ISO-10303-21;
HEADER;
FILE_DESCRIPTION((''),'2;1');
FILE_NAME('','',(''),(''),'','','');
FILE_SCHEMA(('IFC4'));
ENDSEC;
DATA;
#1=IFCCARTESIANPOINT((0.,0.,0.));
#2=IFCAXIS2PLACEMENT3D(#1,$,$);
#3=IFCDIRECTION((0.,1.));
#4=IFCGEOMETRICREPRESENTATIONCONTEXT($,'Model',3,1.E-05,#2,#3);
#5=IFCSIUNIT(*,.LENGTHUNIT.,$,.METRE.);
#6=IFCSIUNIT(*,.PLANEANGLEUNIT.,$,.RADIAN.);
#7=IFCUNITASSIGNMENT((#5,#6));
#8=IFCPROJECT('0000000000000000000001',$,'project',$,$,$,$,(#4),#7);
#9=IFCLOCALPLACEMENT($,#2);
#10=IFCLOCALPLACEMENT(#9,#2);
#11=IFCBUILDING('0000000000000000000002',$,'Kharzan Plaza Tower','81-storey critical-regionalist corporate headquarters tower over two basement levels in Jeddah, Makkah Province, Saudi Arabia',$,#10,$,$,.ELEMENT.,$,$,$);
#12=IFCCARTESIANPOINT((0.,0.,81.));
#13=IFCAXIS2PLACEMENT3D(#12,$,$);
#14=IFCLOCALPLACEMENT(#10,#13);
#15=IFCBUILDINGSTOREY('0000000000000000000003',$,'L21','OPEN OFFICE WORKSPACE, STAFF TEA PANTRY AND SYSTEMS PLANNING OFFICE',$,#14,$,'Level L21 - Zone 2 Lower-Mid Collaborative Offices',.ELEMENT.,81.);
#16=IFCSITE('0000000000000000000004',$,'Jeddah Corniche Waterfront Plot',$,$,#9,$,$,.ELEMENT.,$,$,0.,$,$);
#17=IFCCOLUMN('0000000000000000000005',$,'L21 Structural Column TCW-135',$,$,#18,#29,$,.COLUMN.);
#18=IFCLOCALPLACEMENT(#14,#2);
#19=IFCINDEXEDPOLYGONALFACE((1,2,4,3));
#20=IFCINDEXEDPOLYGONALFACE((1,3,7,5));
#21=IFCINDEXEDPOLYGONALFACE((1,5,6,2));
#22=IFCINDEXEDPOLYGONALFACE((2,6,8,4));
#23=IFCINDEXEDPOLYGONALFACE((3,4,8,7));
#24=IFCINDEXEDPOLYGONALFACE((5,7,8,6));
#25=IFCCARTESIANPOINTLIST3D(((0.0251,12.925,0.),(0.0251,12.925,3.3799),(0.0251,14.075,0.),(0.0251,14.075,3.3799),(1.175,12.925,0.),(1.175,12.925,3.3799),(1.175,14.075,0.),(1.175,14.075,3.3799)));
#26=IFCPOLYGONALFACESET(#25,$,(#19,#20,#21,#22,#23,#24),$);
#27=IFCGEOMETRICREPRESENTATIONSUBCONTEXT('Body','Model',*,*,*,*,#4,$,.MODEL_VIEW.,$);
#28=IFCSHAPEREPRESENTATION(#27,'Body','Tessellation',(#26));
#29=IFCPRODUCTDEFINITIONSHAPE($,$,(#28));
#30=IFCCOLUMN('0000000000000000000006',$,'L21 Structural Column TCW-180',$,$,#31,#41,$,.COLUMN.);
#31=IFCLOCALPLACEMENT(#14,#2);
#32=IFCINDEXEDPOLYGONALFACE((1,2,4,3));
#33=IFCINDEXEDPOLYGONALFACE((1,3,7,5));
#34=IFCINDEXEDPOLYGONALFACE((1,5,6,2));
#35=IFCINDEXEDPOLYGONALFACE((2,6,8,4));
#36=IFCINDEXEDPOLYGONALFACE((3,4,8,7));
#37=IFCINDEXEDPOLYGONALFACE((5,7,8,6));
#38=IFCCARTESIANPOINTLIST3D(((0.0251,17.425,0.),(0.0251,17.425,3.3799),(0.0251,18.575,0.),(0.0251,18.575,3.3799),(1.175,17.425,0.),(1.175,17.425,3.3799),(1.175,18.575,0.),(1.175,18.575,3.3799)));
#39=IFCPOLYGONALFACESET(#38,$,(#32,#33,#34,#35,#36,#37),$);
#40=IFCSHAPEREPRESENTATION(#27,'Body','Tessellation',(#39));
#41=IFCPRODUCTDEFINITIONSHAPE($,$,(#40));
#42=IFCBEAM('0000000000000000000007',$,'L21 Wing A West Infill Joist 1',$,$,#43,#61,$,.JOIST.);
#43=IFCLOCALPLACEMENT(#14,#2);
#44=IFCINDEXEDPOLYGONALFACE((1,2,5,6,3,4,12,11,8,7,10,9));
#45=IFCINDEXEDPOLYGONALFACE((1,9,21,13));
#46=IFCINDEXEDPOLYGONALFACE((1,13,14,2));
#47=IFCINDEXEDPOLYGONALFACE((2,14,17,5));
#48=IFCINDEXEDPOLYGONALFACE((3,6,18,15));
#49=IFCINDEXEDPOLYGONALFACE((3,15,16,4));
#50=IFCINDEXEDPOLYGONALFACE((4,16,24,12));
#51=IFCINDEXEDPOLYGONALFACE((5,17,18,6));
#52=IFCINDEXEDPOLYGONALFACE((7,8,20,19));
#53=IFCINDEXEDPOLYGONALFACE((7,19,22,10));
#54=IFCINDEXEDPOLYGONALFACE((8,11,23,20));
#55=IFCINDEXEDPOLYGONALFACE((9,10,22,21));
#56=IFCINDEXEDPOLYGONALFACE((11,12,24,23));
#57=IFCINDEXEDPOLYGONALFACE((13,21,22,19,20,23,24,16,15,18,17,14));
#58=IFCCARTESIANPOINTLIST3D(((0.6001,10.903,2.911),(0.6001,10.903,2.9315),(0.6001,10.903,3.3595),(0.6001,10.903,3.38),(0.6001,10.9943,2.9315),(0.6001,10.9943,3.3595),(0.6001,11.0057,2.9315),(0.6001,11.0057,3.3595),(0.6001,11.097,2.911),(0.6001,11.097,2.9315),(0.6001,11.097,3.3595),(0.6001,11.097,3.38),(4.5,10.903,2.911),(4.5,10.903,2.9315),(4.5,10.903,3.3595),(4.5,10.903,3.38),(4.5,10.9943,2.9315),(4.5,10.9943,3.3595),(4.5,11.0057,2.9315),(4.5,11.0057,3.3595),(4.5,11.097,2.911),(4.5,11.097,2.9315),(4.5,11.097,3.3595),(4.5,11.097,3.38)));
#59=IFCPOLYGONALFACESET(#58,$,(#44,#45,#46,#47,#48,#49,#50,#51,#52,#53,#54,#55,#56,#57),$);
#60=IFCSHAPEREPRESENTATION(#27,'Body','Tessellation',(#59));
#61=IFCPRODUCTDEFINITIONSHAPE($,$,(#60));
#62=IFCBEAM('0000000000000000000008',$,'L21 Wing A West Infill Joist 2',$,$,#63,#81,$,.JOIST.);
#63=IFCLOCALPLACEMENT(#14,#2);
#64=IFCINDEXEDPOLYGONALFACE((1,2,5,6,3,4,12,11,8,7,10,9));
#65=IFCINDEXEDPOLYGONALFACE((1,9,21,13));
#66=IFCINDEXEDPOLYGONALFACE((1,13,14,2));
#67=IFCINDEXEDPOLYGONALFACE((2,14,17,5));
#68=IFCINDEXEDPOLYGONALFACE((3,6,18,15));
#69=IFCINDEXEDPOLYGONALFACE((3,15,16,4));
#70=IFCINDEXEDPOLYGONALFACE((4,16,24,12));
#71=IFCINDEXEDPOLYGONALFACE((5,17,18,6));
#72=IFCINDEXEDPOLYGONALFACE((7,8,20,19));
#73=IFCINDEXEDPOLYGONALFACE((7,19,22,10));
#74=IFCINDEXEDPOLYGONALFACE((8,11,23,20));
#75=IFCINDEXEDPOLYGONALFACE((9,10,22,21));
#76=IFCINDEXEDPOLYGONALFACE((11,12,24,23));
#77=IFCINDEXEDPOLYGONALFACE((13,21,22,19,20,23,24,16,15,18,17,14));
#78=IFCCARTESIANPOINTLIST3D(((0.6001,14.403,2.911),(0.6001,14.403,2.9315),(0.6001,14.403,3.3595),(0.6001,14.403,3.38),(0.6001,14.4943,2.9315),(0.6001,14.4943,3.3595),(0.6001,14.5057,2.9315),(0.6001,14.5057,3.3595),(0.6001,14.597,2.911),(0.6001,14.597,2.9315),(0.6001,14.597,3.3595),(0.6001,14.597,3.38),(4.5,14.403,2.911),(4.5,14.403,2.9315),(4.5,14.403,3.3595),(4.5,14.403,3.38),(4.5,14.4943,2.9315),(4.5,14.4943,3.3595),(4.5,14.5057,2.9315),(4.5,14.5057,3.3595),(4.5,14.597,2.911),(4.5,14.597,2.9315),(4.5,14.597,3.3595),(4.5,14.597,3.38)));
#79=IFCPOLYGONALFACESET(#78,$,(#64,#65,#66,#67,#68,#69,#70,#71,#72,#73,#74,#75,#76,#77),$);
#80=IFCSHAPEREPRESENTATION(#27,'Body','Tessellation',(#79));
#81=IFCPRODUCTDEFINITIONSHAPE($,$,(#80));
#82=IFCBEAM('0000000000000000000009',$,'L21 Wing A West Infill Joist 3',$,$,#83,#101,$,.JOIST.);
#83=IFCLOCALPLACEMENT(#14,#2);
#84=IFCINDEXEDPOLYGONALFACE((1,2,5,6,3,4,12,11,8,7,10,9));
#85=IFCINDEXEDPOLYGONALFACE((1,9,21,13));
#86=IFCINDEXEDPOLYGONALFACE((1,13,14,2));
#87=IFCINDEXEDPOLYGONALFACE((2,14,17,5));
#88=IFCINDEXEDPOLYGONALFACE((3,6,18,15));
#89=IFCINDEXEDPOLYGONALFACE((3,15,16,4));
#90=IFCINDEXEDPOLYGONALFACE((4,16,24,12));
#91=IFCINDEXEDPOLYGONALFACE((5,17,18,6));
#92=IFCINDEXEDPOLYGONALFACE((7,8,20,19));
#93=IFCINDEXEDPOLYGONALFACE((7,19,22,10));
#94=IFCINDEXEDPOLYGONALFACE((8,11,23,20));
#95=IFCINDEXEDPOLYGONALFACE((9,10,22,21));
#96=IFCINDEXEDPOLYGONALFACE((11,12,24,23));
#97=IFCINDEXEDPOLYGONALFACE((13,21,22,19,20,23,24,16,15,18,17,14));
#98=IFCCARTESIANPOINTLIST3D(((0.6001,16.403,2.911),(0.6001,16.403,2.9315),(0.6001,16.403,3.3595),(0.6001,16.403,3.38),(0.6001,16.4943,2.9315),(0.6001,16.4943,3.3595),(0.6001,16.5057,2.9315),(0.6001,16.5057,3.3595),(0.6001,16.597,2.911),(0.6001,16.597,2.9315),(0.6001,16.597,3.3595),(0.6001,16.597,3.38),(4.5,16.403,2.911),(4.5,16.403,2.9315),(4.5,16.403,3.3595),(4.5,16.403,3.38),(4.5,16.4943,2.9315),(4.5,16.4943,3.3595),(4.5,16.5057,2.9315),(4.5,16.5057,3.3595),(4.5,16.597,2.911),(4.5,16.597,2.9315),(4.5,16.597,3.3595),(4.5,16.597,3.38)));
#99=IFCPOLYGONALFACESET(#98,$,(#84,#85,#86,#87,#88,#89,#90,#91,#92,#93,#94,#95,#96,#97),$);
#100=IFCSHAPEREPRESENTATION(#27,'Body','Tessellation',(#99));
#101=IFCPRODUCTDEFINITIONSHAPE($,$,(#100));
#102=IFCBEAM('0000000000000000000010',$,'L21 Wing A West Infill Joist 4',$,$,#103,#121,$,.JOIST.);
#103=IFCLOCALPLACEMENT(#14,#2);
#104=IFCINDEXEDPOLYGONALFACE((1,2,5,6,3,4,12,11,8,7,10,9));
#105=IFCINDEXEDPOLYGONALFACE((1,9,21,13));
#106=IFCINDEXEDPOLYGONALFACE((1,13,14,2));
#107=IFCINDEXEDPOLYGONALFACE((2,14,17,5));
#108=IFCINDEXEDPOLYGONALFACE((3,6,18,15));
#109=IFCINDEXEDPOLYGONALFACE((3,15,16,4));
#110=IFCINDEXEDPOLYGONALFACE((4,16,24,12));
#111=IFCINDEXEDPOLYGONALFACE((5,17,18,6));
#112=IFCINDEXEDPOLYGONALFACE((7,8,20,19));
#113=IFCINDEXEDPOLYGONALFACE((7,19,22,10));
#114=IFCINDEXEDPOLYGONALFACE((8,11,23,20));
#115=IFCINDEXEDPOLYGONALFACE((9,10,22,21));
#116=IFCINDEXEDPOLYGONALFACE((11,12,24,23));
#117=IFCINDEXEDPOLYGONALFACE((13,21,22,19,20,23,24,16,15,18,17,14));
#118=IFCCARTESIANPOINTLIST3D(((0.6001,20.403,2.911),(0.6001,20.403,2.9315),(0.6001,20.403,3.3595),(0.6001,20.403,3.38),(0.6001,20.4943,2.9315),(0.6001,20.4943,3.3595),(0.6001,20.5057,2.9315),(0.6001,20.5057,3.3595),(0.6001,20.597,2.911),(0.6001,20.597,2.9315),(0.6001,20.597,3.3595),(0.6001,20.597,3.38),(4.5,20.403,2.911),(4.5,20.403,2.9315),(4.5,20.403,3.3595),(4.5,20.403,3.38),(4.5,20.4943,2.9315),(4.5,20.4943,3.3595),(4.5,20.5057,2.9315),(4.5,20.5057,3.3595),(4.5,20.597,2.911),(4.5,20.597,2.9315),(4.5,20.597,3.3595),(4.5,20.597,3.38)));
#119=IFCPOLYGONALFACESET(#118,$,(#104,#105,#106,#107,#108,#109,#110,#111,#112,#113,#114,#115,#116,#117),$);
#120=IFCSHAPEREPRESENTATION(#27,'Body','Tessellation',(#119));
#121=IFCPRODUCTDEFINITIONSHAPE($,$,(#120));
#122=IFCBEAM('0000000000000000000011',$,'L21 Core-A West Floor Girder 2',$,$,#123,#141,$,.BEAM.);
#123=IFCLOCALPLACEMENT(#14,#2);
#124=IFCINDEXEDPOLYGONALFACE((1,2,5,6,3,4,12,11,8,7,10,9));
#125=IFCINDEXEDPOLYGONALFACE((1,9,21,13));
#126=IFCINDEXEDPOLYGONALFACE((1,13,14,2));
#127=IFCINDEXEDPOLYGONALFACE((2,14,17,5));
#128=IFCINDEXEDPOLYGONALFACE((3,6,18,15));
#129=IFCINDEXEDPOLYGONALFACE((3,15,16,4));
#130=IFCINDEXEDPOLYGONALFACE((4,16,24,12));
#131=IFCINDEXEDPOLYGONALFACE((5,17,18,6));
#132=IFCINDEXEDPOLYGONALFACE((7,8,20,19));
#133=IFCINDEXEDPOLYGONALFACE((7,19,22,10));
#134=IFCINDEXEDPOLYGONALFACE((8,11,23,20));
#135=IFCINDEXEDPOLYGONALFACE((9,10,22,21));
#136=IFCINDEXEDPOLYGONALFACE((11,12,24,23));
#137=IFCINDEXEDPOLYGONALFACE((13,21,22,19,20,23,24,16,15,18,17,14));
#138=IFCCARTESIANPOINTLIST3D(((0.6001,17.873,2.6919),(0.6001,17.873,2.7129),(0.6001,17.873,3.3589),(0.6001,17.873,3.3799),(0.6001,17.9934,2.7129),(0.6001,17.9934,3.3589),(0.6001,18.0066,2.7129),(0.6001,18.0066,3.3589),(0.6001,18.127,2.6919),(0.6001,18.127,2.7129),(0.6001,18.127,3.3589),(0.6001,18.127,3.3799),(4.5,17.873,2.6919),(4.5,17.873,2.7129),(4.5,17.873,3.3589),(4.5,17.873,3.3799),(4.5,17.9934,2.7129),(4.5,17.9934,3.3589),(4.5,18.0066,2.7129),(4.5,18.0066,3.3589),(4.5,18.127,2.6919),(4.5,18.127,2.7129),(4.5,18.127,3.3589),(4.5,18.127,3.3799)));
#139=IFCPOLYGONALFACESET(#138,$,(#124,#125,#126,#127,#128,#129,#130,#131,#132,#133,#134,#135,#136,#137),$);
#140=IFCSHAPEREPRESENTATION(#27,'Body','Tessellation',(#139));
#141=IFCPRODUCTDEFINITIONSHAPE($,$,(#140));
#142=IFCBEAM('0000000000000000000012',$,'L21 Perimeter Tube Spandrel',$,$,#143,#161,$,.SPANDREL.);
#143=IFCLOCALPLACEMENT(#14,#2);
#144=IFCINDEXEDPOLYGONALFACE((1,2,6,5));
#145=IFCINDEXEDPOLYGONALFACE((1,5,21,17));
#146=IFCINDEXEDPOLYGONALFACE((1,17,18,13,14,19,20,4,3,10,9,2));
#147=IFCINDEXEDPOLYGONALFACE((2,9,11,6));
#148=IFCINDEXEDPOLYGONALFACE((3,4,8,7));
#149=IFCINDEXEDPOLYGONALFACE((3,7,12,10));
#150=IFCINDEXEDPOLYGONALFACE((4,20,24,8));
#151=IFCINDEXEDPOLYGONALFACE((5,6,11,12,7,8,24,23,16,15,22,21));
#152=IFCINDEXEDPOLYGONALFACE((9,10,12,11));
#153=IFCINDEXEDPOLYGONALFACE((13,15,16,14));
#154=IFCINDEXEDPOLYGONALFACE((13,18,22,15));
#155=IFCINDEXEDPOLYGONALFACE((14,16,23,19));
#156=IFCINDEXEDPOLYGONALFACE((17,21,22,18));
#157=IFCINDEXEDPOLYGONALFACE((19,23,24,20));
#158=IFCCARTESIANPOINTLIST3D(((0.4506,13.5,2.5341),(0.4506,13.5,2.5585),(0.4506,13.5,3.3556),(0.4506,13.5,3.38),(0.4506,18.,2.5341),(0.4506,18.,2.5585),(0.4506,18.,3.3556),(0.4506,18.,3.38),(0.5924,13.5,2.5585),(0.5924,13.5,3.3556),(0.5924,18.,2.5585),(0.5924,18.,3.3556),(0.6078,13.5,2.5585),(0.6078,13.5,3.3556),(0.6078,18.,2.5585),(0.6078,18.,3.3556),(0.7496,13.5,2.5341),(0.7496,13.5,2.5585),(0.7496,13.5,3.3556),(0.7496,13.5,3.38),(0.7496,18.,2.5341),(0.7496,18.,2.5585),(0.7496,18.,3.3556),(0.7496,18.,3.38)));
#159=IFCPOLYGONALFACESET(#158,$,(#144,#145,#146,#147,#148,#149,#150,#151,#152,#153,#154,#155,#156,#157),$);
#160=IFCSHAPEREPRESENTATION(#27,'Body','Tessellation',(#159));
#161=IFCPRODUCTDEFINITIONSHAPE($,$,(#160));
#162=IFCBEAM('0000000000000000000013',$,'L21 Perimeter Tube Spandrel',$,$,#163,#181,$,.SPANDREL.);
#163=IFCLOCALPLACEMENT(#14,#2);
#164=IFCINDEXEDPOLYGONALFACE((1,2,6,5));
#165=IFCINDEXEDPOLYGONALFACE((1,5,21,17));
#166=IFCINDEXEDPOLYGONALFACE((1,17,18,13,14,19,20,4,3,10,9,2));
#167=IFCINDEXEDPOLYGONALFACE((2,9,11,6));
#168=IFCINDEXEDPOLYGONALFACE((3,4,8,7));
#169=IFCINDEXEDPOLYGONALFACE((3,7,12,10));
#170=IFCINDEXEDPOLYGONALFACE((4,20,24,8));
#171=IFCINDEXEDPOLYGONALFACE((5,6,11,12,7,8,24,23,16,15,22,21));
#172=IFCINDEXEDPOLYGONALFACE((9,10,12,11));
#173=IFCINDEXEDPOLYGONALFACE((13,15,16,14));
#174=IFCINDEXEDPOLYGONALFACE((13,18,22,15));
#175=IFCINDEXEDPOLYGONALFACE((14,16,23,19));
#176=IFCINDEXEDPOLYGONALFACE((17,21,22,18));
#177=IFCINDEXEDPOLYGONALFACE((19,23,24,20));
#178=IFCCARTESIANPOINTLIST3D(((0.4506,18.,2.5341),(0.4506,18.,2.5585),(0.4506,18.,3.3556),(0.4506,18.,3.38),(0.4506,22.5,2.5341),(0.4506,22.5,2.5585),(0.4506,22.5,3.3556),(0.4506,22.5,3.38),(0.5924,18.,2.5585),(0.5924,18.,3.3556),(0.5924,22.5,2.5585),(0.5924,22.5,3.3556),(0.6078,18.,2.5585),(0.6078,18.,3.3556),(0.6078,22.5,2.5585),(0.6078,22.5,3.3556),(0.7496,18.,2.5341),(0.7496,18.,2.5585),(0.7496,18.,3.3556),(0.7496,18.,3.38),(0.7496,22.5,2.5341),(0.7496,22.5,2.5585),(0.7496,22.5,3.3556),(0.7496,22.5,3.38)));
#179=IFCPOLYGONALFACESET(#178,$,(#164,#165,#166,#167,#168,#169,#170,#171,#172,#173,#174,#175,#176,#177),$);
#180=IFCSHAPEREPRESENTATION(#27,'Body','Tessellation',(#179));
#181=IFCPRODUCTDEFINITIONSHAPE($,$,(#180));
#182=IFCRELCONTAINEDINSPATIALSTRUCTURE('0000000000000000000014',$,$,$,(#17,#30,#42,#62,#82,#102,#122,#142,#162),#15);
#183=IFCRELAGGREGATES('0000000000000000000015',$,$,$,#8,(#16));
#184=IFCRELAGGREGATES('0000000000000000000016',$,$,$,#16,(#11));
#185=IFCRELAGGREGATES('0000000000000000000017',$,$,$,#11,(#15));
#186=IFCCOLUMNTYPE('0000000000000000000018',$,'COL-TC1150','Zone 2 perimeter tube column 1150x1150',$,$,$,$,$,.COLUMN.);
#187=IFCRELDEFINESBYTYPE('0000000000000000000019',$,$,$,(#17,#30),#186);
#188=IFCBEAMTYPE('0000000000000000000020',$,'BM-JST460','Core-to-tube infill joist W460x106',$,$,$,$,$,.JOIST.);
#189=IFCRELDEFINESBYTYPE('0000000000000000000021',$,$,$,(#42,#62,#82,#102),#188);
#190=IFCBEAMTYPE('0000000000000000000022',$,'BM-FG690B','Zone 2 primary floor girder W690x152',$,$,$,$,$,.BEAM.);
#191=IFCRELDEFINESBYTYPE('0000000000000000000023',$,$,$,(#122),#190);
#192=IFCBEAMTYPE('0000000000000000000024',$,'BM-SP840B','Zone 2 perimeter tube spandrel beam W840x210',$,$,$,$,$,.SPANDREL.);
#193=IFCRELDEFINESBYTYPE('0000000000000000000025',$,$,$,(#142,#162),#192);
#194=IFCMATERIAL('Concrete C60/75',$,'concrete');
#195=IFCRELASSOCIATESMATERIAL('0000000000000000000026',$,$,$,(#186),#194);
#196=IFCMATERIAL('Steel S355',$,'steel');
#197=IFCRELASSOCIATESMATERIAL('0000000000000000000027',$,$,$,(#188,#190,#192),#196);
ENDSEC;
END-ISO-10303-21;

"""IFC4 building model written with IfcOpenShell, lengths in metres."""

from ifc_helpers import new_model, si_unit, direction, frame, origin, origin_2d, place, context, subcontext, project, spatial, rectangle, i_section, extrude, source, transform, mapped, material, material_profile, profile_set, type_object, element, save


model = new_model("IFC4")

# Units and contexts
model_context = context("Model", 3, precision=1e-05, world=origin(), true_north=direction((0.0, 1.0)))
body_context = subcontext(model_context, "Body", "Model", "MODEL_VIEW")
ifc_project = project(units=[si_unit("LENGTHUNIT", "METRE"), si_unit("PLANEANGLEUNIT", "RADIAN")], contexts=[model_context])

# Site, building, storey
site_placement = place(None, origin())
site = spatial("IfcSite", under=ifc_project, at=site_placement, Name="Jeddah Corniche Waterfront Plot", CompositionType="ELEMENT", RefElevation=0.0)
building_placement = place(site_placement, origin())
building = spatial("IfcBuilding", under=site, at=building_placement, Name="Kharzan Plaza Tower", Description="81-storey critical-regionalist corporate headquarters tower over two basement levels in Jeddah, Makkah Province, Saudi Arabia", CompositionType="ELEMENT")
storey_placement = place(building_placement, frame((0.0, 0.0, 81.0)))
storey = spatial("IfcBuildingStorey", under=building, at=storey_placement, Name="L21", Description="OPEN OFFICE WORKSPACE, STAFF TEA PANTRY AND SYSTEMS PLANNING OFFICE", LongName="Level L21 - Zone 2 Lower-Mid Collaborative Offices", CompositionType="ELEMENT", Elevation=81.0)

# Columns
ifc_material_1 = material(Name="Concrete C60/75", Category="concrete")
ifc_material_profile_1 = material_profile(ifc_material_1, rectangle(XDim=1.1499, YDim=1.1499, at=origin_2d()), Name="RC-TC1150x1150")
ifc_profile_set_1 = profile_set([ifc_material_profile_1], Name="Concrete C60/75")
column_type = type_object("IfcColumnType", Name="COL-TC1150", Description="Zone 2 perimeter tube column 1150x1150", PredefinedType="COLUMN", material=ifc_profile_set_1)
shared_shape_1 = source(origin(), body_context, "Body", "SweptSolid", [
    extrude(rectangle(XDim=1.1499, YDim=1.1499, at=origin_2d()), origin(), (0.0, 0.0, 1.0), 3.3799),
])
for number, where, z_axis, x_axis, name in (
    (1, (0.6001, 13.5, 0.0), (0.0, 0.0, 1.0), (1.0, 0.0, 0.0), "L21 Structural Column TCW-135"),
    (2, (0.6001, 18.0, 0.0), (0.0, 0.0, 1.0), (1.0, 0.0, 0.0), "L21 Structural Column TCW-180"),
):
    element("IfcColumn", number, at=place(storey_placement, frame(where, z_axis=z_axis, x_axis=x_axis)), inside=storey, type_object=column_type, Name=name, PredefinedType="COLUMN", context=body_context, shape_type="MappedRepresentation", body=[
        mapped(shared_shape_1, transform((0.0, 0.0, 0.0), x_axis=(1.0, 0.0, 0.0), y_axis=(0.0, 1.0, 0.0), z_axis=(0.0, 0.0, 1.0))),
    ])

# Beams
ifc_material_2 = material(Name="Steel S355", Category="steel")
ifc_material_profile_2 = material_profile(ifc_material_2, i_section(OverallWidth=0.1941, OverallDepth=0.469, WebThickness=0.0115, FlangeThickness=0.0205, at=origin_2d()), Name="W460x106")
ifc_profile_set_2 = profile_set([ifc_material_profile_2], Name="Steel S355")
beam_type_1 = type_object("IfcBeamType", Name="BM-JST460", Description="Core-to-tube infill joist W460x106", PredefinedType="JOIST", material=ifc_profile_set_2)
shared_shape_2 = source(origin(), body_context, "Body", "SweptSolid", [
    extrude(i_section(OverallWidth=0.1941, OverallDepth=0.469, WebThickness=0.0115, FlangeThickness=0.0205, at=origin_2d()), origin(), (0.0, 0.0, 1.0), 3.8999),
])
for number, where, z_axis, x_axis, name in (
    (3, (0.6001, 11.0, 3.1455), (1.0, 0.0, 0.0), (0.0, 1.0, 0.0), "L21 Wing A West Infill Joist 1"),
    (4, (0.6001, 14.5, 3.1455), (1.0, 0.0, 0.0), (0.0, 1.0, 0.0), "L21 Wing A West Infill Joist 2"),
    (5, (0.6001, 16.5, 3.1455), (1.0, 0.0, 0.0), (0.0, 1.0, 0.0), "L21 Wing A West Infill Joist 3"),
    (6, (0.6001, 20.5, 3.1455), (1.0, 0.0, 0.0), (0.0, 1.0, 0.0), "L21 Wing A West Infill Joist 4"),
):
    element("IfcBeam", number, at=place(storey_placement, frame(where, z_axis=z_axis, x_axis=x_axis)), inside=storey, type_object=beam_type_1, Name=name, PredefinedType="JOIST", context=body_context, shape_type="MappedRepresentation", body=[
        mapped(shared_shape_2, transform((0.0, 0.0, 0.0), x_axis=(1.0, 0.0, 0.0), y_axis=(0.0, 1.0, 0.0), z_axis=(0.0, 0.0, 1.0))),
    ])
ifc_material_profile_3 = material_profile(ifc_material_2, i_section(OverallWidth=0.2539, OverallDepth=0.688, WebThickness=0.0132, FlangeThickness=0.021, at=origin_2d()), Name="W690x152")
ifc_profile_set_3 = profile_set([ifc_material_profile_3], Name="Steel S355")
beam_type_2 = type_object("IfcBeamType", Name="BM-FG690B", Description="Zone 2 primary floor girder W690x152", PredefinedType="BEAM", material=ifc_profile_set_3)
shared_shape_3 = source(origin(), body_context, "Body", "SweptSolid", [
    extrude(i_section(OverallWidth=0.2539, OverallDepth=0.688, WebThickness=0.0132, FlangeThickness=0.021, at=origin_2d()), origin(), (0.0, 0.0, 1.0), 3.8999),
])
beam_placement = place(storey_placement, frame((0.6001, 18.0, 3.0359), z_axis=(1.0, 0.0, 0.0), x_axis=(0.0, 1.0, 0.0)))
element("IfcBeam", 7, at=beam_placement, inside=storey, type_object=beam_type_2, Name="L21 Core-A West Floor Girder 2", PredefinedType="BEAM", context=body_context, shape_type="MappedRepresentation", body=[
    mapped(shared_shape_3, transform((0.0, 0.0, 0.0), x_axis=(1.0, 0.0, 0.0), y_axis=(0.0, 1.0, 0.0), z_axis=(0.0, 0.0, 1.0))),
])
ifc_material_profile_4 = material_profile(ifc_material_2, i_section(OverallWidth=0.2991, OverallDepth=0.8459, WebThickness=0.0154, FlangeThickness=0.0244, at=origin_2d()), Name="W840x210")
ifc_profile_set_4 = profile_set([ifc_material_profile_4], Name="Steel S355")
beam_type_3 = type_object("IfcBeamType", Name="BM-SP840B", Description="Zone 2 perimeter tube spandrel beam W840x210", PredefinedType="SPANDREL", material=ifc_profile_set_4)
shared_shape_4 = source(origin(), body_context, "Body", "SweptSolid", [
    extrude(i_section(OverallWidth=0.2991, OverallDepth=0.8459, WebThickness=0.0154, FlangeThickness=0.0244, at=origin_2d()), origin(), (0.0, 0.0, 1.0), 4.5),
])
for number, where, z_axis, x_axis, name in (
    (8, (0.6001, 13.5, 2.957), (0.0, 1.0, 0.0), (-1.0, 0.0, 0.0), "L21 Perimeter Tube Spandrel"),
    (9, (0.6001, 18.0, 2.957), (0.0, 1.0, 0.0), (-1.0, 0.0, 0.0), "L21 Perimeter Tube Spandrel"),
):
    element("IfcBeam", number, at=place(storey_placement, frame(where, z_axis=z_axis, x_axis=x_axis)), inside=storey, type_object=beam_type_3, Name=name, PredefinedType="SPANDREL", context=body_context, shape_type="MappedRepresentation", body=[
        mapped(shared_shape_4, transform((0.0, 0.0, 0.0), x_axis=(1.0, 0.0, 0.0), y_axis=(0.0, 1.0, 0.0), z_axis=(0.0, 0.0, 1.0))),
    ])

save(model, "model.ifc")
